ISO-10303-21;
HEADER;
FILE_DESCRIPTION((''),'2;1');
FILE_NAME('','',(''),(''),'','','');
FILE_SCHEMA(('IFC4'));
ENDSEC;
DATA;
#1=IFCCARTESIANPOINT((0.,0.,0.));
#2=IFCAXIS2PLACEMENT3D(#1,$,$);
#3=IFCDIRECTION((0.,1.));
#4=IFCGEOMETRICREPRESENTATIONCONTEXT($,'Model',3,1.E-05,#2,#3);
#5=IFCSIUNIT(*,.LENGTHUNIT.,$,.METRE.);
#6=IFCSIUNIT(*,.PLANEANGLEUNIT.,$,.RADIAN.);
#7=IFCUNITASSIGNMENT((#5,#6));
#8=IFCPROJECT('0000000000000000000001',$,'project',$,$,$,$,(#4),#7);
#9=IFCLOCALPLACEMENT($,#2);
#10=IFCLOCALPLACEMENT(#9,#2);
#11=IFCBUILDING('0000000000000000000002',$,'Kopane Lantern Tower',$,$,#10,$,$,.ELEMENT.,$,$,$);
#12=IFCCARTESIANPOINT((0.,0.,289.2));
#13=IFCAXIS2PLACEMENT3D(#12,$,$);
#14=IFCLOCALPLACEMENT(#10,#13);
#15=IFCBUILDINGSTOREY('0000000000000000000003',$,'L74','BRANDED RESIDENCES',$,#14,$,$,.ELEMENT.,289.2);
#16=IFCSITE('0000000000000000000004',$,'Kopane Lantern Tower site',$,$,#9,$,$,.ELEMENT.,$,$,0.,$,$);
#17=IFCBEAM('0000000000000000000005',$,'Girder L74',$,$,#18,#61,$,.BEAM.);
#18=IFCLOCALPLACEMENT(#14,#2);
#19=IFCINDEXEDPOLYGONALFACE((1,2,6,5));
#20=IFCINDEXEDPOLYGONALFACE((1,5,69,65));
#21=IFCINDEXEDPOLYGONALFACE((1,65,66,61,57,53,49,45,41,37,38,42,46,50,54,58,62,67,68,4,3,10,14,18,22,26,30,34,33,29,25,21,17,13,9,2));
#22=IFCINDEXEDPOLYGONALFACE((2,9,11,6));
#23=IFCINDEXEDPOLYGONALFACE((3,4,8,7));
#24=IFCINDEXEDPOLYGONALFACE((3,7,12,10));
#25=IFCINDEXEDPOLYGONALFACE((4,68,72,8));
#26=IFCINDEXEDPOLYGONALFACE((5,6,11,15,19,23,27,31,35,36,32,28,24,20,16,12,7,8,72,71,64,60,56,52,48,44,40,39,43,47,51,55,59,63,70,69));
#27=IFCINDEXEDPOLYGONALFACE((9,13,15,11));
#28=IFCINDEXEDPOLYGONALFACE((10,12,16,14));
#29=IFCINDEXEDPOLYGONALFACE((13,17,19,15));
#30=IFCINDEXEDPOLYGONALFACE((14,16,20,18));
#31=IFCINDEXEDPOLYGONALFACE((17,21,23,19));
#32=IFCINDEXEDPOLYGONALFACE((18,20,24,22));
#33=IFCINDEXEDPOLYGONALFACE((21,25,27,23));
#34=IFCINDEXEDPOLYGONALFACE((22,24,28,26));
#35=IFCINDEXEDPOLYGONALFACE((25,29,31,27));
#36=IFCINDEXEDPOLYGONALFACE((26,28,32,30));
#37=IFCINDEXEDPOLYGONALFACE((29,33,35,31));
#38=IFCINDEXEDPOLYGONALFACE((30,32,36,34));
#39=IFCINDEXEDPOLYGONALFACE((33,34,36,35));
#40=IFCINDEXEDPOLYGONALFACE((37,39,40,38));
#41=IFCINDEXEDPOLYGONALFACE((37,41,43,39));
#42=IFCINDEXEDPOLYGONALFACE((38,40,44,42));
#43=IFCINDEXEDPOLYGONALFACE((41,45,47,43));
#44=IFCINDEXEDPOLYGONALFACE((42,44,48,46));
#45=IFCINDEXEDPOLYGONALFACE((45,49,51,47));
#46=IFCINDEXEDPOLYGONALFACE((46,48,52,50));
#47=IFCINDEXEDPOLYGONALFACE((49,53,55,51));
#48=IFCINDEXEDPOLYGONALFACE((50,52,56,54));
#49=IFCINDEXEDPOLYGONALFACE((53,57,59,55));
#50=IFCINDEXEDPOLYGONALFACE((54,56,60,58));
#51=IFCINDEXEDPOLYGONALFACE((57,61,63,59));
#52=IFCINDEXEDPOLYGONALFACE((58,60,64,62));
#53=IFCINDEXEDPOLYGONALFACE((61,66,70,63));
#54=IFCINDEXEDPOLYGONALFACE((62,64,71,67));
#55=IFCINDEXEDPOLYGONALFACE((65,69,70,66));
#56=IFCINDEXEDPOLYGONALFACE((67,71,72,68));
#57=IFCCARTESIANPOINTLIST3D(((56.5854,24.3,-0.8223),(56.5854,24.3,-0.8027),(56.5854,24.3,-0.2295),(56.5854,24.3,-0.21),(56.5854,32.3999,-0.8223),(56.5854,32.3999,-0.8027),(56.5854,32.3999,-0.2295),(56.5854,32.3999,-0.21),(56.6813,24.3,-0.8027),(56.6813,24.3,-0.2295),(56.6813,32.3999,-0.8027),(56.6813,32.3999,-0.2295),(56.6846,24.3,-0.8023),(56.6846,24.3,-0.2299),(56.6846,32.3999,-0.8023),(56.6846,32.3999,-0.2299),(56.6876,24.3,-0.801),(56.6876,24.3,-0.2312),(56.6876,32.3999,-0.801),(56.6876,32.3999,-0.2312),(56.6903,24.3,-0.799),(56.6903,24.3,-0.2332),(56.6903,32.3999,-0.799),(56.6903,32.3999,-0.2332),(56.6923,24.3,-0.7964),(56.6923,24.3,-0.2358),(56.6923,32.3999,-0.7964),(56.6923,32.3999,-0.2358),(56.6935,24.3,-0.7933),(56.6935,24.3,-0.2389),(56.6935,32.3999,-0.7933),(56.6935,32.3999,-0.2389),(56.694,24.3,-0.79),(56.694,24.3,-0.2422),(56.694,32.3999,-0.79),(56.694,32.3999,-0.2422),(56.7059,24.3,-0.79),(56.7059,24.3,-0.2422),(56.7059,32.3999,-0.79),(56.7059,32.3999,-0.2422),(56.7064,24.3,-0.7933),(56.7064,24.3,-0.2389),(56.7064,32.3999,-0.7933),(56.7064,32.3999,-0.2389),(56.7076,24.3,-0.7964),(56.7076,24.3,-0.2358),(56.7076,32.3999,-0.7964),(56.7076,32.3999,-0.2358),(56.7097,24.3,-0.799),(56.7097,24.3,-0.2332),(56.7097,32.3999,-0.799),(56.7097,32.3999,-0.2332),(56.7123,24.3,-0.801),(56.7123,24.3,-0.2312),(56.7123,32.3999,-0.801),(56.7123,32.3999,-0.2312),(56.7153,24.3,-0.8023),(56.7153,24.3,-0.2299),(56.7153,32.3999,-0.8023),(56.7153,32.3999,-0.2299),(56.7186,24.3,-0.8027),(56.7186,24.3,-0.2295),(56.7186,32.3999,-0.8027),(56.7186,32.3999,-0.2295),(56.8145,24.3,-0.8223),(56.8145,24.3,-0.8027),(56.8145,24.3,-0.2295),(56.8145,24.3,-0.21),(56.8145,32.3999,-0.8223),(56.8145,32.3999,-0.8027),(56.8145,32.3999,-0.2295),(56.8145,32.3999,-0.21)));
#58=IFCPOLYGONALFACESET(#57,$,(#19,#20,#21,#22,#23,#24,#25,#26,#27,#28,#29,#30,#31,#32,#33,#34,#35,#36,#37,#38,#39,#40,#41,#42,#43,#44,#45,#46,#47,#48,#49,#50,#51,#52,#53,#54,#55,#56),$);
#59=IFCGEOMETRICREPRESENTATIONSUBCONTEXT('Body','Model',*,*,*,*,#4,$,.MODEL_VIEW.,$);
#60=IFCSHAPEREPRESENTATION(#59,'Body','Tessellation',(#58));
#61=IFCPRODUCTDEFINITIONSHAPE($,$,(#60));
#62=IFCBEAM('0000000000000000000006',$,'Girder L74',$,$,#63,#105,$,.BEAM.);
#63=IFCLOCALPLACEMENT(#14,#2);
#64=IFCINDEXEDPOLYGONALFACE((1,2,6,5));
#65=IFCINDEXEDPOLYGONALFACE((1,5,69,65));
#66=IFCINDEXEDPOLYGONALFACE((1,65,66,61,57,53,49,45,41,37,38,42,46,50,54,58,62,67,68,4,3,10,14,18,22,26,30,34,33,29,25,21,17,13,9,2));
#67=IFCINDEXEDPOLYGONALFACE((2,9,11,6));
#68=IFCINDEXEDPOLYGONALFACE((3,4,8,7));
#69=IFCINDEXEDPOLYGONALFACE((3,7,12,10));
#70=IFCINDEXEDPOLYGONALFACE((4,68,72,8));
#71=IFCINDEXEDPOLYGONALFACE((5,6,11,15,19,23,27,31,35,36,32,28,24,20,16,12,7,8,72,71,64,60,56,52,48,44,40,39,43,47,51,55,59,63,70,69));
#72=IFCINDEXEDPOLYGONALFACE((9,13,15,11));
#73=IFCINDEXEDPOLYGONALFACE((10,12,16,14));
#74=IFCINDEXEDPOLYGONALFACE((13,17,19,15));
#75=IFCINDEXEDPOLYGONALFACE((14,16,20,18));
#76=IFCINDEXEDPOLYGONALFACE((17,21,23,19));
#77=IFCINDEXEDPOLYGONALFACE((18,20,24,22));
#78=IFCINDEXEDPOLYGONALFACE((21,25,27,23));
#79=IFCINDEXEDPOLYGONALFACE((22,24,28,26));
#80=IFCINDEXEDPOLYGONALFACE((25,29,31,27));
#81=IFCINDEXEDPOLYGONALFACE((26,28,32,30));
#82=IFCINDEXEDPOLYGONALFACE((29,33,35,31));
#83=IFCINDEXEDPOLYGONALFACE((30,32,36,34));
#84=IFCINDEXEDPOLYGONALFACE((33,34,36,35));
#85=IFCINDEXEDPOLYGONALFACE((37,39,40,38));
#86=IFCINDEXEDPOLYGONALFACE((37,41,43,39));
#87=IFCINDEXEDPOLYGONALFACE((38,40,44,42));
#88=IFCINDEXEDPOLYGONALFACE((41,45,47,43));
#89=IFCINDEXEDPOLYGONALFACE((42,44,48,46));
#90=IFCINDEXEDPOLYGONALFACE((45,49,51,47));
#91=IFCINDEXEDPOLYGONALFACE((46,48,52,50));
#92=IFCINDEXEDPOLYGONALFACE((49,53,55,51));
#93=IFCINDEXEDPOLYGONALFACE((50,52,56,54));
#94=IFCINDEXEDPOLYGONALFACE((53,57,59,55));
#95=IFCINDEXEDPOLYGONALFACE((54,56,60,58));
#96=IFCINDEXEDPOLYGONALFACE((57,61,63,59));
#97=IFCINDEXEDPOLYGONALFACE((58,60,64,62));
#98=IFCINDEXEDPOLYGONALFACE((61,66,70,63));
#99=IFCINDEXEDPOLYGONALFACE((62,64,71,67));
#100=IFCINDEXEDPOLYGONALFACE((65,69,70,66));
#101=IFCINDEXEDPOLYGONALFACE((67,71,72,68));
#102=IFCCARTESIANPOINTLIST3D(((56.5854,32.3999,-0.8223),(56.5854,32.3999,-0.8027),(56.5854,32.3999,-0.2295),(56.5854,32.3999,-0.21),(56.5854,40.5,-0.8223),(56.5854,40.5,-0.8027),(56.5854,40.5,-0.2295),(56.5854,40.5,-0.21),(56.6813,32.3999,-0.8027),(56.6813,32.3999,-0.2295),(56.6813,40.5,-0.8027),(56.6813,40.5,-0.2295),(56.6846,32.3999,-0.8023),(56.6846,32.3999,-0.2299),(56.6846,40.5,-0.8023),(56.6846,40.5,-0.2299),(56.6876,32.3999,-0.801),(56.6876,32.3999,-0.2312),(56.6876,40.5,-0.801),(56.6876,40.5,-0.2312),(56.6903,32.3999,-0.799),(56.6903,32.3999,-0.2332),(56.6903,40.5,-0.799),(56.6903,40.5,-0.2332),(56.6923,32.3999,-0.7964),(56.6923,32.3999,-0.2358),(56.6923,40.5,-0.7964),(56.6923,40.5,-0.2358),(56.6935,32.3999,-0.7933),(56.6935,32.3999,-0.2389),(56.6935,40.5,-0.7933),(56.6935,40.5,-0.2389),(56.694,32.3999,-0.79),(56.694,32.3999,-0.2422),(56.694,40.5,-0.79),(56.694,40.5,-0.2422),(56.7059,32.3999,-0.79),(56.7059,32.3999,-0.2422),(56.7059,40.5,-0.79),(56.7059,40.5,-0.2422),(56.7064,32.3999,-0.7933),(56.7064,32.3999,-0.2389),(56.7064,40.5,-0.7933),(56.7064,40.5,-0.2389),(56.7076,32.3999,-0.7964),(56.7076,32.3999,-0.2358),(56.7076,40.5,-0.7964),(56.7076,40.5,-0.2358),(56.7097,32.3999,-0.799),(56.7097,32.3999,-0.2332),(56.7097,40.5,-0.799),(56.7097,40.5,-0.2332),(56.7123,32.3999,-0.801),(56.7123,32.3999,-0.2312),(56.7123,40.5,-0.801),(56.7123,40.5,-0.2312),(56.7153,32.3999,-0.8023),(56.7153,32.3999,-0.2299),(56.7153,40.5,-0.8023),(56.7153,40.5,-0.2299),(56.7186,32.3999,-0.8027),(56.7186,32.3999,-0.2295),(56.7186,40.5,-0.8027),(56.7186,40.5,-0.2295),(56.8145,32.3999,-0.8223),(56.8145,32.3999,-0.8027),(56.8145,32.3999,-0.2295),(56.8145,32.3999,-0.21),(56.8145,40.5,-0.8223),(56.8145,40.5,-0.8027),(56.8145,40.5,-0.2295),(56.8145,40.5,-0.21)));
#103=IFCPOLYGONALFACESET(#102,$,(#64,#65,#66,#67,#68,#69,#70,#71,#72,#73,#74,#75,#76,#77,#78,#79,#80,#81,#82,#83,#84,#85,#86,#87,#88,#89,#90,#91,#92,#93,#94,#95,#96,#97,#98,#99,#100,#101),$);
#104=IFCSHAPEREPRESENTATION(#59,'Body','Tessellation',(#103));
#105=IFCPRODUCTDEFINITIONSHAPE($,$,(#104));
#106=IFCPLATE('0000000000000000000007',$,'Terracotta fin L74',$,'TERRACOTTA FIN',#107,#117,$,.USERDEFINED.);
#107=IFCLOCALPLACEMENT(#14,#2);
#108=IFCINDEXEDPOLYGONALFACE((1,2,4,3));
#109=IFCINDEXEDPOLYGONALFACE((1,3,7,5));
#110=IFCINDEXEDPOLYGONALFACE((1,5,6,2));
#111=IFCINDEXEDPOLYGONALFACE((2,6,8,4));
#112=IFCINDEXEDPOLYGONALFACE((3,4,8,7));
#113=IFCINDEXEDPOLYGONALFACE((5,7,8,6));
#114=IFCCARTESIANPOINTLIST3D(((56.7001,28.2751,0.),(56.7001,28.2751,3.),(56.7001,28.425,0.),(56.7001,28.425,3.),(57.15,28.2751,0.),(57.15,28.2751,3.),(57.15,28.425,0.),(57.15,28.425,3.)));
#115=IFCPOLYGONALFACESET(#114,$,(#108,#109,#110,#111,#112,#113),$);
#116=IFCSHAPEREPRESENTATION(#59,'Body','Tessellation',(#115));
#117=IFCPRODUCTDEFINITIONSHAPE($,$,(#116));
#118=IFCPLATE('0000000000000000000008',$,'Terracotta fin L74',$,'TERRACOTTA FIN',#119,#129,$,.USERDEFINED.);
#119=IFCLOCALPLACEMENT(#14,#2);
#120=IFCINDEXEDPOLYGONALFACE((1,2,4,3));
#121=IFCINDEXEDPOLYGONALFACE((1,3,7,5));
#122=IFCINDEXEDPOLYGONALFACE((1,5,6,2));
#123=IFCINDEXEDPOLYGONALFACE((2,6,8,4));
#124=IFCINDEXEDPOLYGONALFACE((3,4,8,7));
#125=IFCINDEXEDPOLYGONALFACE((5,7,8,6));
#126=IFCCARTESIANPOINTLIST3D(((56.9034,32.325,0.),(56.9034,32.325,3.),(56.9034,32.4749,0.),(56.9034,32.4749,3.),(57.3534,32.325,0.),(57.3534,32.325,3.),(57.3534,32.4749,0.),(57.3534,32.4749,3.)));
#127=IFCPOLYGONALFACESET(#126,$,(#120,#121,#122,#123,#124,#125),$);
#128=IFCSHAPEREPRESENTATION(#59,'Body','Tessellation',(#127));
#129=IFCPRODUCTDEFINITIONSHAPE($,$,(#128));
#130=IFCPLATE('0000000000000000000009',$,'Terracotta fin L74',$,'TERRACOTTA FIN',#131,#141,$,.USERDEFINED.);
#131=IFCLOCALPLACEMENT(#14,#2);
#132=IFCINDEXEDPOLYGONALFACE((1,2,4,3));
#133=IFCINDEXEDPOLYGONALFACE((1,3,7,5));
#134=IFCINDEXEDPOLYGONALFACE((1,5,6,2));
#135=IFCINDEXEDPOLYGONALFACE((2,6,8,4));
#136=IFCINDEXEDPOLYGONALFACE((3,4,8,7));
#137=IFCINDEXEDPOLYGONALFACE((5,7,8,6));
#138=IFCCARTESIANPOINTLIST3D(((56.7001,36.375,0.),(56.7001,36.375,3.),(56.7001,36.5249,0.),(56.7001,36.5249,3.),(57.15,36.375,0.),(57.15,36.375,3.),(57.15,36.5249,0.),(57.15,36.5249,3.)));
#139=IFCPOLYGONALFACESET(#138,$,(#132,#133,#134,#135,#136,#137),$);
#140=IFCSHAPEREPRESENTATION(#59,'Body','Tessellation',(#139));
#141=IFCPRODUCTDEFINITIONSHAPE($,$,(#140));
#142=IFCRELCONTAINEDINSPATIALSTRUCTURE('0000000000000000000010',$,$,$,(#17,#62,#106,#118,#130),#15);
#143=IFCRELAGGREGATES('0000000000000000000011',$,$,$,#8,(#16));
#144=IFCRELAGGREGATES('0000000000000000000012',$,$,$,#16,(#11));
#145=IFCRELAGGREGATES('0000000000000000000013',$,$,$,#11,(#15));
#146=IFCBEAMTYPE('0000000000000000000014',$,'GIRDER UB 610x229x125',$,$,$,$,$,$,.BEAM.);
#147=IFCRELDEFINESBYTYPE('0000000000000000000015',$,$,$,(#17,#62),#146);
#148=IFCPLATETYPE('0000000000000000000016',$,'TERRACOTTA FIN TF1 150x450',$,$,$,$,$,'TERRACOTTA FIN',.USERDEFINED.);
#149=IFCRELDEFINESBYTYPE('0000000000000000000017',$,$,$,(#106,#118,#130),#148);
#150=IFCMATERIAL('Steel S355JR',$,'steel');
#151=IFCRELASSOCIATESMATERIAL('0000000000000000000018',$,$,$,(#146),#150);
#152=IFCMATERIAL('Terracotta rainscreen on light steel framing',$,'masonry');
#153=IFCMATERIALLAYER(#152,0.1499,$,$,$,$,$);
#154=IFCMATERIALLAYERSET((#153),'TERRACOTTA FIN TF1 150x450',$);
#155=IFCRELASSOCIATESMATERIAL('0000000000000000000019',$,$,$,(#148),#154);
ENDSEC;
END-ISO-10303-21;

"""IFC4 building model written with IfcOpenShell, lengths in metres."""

from ifc_helpers import new_model, si_unit, direction, frame, origin, origin_2d, place, context, subcontext, project, spatial, rectangle, i_section, extrude, material, layer, layer_set, material_profile, profile_set, type_object, element, save


model = new_model("IFC4")

# Units and contexts
model_context = context("Model", 3, precision=1e-05, world=origin(), true_north=direction((0.0, 1.0)))
body_context = subcontext(model_context, "Body", "Model", "MODEL_VIEW")
ifc_project = project(units=[si_unit("LENGTHUNIT", "METRE"), si_unit("PLANEANGLEUNIT", "RADIAN")], contexts=[model_context])

# Site, building, storey
site_placement = place(None, origin())
site = spatial("IfcSite", under=ifc_project, at=site_placement, Name="Kopane Lantern Tower site", CompositionType="ELEMENT", RefElevation=0.0)
building_placement = place(site_placement, origin())
building = spatial("IfcBuilding", under=site, at=building_placement, Name="Kopane Lantern Tower", CompositionType="ELEMENT")
storey_placement = place(building_placement, frame((0.0, 0.0, 289.2)))
storey = spatial("IfcBuildingStorey", under=building, at=storey_placement, Name="L74", Description="BRANDED RESIDENCES", CompositionType="ELEMENT", Elevation=289.2)

# Beams
ifc_material_1 = material(Name="Steel S355JR", Category="steel")
ifc_material_profile_1 = material_profile(ifc_material_1, i_section(OverallWidth=0.229, OverallDepth=0.6123, WebThickness=0.012, FlangeThickness=0.0195, FilletRadius=0.0127, at=origin_2d()), Name="UB 610x229x125")
ifc_profile_set_1 = profile_set([ifc_material_profile_1], Name="Steel S355JR")
beam_type = type_object("IfcBeamType", Name="GIRDER UB 610x229x125", PredefinedType="BEAM", material=ifc_profile_set_1)
for number, where, z_axis, x_axis, name in (
    (1, (56.7, 24.3, -0.5161), (0.0, 1.0, 0.0), (-1.0, 0.0, 0.0), "Girder L74"),
):
    element("IfcBeam", number, at=place(storey_placement, frame(where, z_axis=z_axis, x_axis=x_axis)), inside=storey, type_object=beam_type, Name=name, PredefinedType="BEAM", context=body_context, shape_type="SweptSolid", body=[
        extrude(i_section(OverallWidth=0.229, OverallDepth=0.6123, WebThickness=0.012, FlangeThickness=0.0195, FilletRadius=0.0127, at=origin_2d()), origin(), (0.0, 0.0, 1.0), 8.0999),
    ])
beam_1_placement = place(storey_placement, frame((56.7, 32.3999, -0.5161), z_axis=(0.0, 1.0, 0.0), x_axis=(-1.0, 0.0, 0.0)))
element("IfcBeam", 2, at=beam_1_placement, inside=storey, type_object=beam_type, Name="Girder L74", PredefinedType="BEAM", context=body_context, shape_type="SweptSolid", body=[
    extrude(i_section(OverallWidth=0.229, OverallDepth=0.6123, WebThickness=0.012, FlangeThickness=0.0195, FilletRadius=0.0127, at=origin_2d()), origin(), (0.0, 0.0, 1.0), 8.1001),
])

# Plates
ifc_material_2 = material(Name="Terracotta rainscreen on light steel framing", Category="masonry")
ifc_layer_1 = layer(ifc_material_2, 0.1499)
ifc_layer_set_1 = layer_set([ifc_layer_1], Name="TERRACOTTA FIN TF1 150x450")
plate_type = type_object("IfcPlateType", Name="TERRACOTTA FIN TF1 150x450", ElementType="TERRACOTTA FIN", PredefinedType="USERDEFINED", material=ifc_layer_set_1)
for number, where, z_axis, x_axis, name in (
    (3, (56.925, 28.3501, 0.0), (0.0, 0.0, 1.0), (0.0, 1.0, 0.0), "Terracotta fin L74"),
    (4, (57.1284, 32.3999, 0.0), (0.0, 0.0, 1.0), (0.0, 1.0, 0.0), "Terracotta fin L74"),
    (5, (56.925, 36.45, 0.0), (0.0, 0.0, 1.0), (0.0, 1.0, 0.0), "Terracotta fin L74"),
):
    element("IfcPlate", number, at=place(storey_placement, frame(where, z_axis=z_axis, x_axis=x_axis)), inside=storey, type_object=plate_type, Name=name, ObjectType="TERRACOTTA FIN", PredefinedType="USERDEFINED", context=body_context, shape_type="SweptSolid", body=[
        extrude(rectangle(XDim=0.1499, YDim=0.45, at=origin_2d()), origin(), (0.0, 0.0, 1.0), 3.0),
    ])

save(model, "model.ifc")
